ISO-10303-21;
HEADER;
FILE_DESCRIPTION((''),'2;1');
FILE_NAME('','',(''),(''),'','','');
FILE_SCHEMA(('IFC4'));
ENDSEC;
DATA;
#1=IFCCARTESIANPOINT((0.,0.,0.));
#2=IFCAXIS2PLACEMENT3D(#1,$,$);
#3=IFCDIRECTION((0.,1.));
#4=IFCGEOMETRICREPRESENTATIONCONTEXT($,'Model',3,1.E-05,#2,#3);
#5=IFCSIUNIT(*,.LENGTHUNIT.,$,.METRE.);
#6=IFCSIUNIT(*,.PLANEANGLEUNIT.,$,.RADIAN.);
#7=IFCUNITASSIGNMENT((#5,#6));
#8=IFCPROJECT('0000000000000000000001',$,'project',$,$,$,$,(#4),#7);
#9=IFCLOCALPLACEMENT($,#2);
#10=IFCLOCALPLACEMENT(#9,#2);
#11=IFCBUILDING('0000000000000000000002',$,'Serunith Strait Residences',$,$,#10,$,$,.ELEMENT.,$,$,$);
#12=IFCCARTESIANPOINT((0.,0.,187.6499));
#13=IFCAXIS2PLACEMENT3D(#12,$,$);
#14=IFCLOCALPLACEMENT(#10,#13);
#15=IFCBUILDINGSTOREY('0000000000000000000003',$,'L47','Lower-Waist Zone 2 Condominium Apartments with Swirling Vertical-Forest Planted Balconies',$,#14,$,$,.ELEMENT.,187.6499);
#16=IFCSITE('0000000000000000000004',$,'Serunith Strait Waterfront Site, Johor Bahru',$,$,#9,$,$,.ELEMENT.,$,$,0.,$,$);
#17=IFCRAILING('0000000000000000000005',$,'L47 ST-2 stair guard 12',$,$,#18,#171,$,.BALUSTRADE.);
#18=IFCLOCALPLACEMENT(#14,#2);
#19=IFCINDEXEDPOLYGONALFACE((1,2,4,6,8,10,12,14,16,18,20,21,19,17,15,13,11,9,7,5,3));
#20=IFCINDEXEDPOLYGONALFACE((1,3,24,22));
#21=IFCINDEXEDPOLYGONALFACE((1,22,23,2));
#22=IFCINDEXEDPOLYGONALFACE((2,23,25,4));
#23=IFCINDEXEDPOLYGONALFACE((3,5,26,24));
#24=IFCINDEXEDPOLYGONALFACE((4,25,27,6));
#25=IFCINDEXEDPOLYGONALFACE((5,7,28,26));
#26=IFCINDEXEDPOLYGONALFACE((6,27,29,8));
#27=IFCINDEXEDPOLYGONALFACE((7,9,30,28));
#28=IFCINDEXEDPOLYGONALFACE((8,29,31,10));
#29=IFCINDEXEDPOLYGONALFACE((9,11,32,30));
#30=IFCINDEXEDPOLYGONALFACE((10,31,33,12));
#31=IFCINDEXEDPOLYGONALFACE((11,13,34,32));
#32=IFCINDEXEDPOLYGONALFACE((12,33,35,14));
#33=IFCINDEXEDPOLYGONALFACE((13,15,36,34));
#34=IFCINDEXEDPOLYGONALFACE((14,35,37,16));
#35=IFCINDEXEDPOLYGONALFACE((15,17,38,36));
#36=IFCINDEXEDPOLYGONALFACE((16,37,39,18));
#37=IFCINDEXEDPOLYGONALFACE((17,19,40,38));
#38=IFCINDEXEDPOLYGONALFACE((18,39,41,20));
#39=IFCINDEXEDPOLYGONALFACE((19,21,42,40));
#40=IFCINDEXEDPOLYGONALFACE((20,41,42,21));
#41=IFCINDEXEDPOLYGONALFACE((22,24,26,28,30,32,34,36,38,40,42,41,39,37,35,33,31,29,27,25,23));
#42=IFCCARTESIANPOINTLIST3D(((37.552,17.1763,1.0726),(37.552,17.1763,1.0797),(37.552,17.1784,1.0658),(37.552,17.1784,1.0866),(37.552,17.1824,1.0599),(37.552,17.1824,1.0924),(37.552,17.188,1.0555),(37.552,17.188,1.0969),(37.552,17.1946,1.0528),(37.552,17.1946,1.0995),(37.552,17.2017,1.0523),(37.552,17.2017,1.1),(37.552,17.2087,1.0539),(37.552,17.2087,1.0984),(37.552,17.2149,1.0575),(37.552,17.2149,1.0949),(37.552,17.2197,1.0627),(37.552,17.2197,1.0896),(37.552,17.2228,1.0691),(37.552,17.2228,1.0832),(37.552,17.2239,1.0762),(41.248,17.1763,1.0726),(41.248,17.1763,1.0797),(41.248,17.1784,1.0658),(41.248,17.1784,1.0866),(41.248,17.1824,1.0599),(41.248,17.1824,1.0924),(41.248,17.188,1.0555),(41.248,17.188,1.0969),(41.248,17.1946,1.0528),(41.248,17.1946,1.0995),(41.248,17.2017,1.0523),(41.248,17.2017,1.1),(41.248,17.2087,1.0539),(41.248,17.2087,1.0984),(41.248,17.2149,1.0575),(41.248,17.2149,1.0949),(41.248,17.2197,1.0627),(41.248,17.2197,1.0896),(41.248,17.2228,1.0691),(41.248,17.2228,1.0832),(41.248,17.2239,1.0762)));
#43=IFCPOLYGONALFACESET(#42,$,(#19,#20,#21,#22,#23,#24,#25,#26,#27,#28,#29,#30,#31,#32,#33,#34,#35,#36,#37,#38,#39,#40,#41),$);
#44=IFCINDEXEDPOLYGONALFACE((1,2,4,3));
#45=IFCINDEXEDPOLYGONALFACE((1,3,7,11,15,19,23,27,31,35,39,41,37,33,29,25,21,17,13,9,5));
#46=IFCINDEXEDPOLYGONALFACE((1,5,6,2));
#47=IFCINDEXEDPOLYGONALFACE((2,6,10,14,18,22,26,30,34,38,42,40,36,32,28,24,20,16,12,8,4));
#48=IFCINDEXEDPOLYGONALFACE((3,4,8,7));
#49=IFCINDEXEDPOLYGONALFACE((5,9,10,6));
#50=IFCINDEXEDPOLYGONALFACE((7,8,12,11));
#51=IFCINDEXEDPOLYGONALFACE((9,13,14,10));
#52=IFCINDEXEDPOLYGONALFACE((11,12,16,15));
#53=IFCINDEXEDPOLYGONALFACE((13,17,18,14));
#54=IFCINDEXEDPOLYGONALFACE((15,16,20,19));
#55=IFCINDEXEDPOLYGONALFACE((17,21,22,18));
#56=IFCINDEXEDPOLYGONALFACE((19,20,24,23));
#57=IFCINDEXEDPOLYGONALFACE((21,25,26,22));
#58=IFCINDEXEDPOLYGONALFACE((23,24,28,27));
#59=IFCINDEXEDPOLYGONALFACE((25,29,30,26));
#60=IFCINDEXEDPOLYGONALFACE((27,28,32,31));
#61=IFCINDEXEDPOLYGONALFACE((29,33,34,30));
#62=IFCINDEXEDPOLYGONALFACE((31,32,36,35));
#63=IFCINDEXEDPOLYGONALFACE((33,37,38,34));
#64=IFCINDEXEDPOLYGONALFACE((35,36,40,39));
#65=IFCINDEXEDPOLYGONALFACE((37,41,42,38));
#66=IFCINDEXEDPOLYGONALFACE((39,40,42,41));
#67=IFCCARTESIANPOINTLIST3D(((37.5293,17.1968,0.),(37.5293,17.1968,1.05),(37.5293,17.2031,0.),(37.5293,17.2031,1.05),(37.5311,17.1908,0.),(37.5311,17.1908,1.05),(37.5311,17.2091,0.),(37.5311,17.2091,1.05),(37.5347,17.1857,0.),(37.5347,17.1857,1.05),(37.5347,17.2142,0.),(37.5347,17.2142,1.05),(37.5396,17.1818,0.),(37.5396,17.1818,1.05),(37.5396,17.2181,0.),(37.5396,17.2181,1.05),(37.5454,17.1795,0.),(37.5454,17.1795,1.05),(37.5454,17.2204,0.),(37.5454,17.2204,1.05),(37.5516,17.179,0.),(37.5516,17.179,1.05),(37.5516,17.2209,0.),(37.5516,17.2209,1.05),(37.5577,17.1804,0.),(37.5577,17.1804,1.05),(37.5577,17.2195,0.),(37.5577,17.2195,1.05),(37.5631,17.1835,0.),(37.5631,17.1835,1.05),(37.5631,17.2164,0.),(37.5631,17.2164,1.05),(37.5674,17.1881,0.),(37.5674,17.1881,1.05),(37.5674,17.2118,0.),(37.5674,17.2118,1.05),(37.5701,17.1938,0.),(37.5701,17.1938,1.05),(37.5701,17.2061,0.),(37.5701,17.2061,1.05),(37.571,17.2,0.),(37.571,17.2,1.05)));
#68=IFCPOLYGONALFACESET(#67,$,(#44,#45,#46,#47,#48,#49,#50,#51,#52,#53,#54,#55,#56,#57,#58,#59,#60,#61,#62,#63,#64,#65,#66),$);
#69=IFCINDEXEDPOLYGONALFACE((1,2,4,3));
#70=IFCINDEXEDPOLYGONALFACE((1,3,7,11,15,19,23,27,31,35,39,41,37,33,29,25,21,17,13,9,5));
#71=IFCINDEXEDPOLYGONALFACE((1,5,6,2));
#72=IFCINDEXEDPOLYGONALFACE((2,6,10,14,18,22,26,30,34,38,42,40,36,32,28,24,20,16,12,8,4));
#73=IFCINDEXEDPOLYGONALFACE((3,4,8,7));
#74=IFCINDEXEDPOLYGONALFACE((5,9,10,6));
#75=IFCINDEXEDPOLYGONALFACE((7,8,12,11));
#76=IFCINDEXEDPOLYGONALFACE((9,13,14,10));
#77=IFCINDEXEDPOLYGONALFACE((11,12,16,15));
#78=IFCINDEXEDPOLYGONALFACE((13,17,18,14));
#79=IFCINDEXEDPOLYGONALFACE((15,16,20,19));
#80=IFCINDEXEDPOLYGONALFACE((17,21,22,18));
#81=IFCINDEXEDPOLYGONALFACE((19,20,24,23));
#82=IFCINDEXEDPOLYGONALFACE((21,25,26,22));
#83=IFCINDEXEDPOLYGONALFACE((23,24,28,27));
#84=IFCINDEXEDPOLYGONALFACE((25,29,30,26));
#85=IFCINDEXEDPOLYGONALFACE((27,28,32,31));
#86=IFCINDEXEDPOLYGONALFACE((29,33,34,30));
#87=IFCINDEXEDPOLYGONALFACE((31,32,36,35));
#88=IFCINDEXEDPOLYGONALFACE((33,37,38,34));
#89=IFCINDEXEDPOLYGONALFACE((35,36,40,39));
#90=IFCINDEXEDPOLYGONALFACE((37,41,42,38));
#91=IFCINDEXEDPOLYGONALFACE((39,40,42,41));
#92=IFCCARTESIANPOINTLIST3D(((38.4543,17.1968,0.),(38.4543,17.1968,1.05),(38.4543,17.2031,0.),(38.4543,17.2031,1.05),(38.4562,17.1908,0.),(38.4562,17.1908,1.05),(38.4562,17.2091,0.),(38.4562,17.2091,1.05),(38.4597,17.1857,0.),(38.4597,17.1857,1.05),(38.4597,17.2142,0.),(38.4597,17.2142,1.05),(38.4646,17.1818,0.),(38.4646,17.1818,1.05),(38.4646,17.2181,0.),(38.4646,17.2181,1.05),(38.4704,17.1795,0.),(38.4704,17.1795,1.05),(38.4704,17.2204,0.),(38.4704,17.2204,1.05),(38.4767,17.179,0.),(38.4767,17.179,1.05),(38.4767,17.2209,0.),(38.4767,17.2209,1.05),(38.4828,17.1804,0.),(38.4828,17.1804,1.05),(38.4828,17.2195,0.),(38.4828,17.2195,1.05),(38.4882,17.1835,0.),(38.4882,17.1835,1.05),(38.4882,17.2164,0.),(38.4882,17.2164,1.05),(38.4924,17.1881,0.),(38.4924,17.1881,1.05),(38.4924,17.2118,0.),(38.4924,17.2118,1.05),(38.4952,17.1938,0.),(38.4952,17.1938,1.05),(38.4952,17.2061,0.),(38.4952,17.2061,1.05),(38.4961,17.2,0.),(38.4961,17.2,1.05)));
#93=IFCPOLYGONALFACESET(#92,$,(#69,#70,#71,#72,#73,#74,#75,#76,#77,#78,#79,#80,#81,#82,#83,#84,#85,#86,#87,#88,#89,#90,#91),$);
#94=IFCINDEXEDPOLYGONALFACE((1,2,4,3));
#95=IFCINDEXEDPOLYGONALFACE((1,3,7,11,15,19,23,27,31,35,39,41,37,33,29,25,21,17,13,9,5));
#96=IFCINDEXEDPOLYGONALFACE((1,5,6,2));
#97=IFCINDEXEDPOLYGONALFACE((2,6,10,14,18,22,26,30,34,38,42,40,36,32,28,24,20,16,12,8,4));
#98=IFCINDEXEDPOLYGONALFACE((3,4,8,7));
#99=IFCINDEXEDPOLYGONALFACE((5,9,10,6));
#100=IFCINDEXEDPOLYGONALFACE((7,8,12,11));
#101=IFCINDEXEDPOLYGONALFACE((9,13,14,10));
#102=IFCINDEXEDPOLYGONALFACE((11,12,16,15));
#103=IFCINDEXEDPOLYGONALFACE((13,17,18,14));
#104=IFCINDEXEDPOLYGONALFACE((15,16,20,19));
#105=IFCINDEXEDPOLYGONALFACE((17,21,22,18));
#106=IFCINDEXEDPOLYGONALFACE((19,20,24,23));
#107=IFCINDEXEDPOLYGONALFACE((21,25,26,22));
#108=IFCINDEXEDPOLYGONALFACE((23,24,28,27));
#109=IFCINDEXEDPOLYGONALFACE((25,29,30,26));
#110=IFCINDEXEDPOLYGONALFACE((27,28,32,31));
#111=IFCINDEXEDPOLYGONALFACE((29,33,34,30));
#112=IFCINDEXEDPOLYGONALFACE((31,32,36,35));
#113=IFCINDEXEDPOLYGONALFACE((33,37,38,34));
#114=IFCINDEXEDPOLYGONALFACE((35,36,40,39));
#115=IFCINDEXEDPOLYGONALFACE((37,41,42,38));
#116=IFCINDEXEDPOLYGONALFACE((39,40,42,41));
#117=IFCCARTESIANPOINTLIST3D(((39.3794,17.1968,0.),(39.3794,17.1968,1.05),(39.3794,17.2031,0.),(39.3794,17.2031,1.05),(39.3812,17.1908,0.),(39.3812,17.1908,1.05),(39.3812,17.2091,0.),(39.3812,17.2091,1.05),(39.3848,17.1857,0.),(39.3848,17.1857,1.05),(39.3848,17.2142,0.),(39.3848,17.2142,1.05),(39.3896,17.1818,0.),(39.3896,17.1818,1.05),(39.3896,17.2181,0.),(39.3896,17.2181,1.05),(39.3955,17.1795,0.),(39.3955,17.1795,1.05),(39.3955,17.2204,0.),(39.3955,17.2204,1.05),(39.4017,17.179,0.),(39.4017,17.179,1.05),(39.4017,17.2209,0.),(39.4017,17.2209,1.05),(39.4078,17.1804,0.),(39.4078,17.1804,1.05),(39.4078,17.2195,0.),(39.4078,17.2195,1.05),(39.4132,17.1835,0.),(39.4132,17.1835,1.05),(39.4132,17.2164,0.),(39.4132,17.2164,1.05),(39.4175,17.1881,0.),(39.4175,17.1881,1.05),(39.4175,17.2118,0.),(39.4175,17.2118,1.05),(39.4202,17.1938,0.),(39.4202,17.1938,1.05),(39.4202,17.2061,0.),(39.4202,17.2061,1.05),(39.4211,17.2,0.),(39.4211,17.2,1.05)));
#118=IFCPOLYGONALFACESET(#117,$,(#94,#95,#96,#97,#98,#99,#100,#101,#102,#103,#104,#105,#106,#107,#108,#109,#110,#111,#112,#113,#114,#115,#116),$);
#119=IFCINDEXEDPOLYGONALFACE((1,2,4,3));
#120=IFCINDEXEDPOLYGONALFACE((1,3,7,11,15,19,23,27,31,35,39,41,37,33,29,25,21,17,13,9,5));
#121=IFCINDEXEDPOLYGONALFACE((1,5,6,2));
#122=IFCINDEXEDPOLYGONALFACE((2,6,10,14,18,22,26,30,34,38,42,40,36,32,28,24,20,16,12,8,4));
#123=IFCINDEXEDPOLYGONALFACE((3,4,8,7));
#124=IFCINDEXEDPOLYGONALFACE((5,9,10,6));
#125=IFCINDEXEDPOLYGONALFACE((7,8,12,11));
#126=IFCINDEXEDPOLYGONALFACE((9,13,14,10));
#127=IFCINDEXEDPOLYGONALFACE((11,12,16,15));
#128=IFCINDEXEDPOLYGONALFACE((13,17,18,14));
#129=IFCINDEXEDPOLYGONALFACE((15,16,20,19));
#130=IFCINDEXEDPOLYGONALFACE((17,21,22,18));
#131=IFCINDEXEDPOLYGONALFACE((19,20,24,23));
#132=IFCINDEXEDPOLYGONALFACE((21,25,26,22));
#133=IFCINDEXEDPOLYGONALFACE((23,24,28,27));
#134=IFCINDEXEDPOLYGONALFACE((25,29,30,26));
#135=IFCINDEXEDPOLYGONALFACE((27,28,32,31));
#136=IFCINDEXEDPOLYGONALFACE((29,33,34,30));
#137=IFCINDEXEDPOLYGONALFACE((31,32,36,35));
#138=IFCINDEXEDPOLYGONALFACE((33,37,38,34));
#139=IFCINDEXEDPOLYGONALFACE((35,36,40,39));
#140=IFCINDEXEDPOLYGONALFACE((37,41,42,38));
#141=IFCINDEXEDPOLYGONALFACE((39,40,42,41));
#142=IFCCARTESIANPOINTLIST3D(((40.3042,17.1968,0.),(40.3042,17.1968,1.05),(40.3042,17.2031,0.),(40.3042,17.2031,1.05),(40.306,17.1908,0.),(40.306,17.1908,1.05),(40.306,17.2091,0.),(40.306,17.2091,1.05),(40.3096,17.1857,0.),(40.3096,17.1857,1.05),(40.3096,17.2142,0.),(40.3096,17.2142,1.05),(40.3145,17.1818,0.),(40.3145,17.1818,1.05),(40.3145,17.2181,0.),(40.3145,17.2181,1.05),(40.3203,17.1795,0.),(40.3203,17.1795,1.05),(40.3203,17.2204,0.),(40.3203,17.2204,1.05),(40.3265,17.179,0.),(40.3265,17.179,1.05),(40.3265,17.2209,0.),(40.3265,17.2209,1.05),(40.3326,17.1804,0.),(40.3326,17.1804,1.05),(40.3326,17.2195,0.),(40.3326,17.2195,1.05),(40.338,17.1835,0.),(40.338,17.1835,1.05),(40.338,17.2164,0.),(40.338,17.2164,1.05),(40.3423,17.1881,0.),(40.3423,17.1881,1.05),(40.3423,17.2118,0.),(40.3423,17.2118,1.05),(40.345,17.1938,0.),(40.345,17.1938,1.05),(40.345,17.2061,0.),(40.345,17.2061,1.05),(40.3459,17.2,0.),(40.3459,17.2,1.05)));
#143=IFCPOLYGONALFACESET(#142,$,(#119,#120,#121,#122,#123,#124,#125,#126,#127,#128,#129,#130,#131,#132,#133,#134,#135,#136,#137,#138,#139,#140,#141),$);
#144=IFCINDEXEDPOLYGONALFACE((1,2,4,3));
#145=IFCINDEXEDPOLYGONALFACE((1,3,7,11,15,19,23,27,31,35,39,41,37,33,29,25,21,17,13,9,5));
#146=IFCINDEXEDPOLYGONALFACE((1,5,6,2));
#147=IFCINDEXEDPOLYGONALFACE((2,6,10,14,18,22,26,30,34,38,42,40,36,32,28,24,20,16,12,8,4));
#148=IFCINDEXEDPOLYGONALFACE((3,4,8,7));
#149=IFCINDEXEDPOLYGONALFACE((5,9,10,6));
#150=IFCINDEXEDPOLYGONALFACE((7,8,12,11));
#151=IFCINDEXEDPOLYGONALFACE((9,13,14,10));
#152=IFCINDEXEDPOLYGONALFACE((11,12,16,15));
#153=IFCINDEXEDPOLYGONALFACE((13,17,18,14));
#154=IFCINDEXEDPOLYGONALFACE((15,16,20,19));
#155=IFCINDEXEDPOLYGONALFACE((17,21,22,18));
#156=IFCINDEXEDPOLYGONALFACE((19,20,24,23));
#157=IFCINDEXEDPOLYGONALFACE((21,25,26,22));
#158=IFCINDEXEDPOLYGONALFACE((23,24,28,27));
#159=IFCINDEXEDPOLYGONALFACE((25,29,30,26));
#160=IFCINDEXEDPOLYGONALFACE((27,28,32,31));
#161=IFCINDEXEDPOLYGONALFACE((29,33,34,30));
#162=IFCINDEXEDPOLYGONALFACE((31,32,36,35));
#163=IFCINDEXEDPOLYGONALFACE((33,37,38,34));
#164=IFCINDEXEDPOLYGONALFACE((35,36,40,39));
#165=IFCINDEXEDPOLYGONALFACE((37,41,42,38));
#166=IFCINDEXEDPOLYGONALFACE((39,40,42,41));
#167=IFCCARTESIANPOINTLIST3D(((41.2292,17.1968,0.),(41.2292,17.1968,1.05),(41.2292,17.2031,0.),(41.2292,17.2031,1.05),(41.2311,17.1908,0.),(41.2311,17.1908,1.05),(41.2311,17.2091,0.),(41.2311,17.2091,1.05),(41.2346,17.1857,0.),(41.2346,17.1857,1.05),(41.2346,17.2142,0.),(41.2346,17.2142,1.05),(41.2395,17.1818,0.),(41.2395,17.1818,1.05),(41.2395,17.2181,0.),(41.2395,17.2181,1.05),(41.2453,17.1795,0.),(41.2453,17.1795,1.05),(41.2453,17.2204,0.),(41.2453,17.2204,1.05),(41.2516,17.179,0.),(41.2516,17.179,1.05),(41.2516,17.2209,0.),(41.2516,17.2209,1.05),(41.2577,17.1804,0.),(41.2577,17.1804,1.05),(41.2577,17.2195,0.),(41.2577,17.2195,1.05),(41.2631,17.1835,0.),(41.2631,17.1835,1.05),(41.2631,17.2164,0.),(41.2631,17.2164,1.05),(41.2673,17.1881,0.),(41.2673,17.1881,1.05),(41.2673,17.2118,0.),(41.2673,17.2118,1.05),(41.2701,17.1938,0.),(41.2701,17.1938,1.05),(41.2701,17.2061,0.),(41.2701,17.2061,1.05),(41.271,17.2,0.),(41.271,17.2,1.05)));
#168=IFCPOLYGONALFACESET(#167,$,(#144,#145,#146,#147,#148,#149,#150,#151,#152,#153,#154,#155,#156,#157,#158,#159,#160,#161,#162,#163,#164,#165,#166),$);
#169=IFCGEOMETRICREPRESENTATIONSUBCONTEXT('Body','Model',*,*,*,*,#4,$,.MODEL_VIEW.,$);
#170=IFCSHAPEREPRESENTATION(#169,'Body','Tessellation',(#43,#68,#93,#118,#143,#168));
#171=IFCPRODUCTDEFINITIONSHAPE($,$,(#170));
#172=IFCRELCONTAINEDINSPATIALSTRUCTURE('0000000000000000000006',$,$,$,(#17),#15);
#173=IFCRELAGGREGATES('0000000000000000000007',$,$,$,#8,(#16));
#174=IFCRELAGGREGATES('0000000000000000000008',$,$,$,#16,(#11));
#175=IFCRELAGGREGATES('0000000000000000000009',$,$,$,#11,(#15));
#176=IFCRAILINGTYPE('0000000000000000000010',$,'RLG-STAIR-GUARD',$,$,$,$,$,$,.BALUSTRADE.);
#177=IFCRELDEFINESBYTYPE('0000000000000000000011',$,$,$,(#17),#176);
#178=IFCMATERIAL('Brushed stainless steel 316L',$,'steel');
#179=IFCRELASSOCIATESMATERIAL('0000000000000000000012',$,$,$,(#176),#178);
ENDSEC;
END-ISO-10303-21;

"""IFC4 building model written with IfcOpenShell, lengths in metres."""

from ifc_helpers import new_model, si_unit, direction, frame, origin, origin_2d, place, context, subcontext, project, spatial, circle, extrude, material, type_object, element, save


model = new_model("IFC4")

# Units and contexts
model_context = context("Model", 3, precision=1e-05, world=origin(), true_north=direction((0.0, 1.0)))
body_context = subcontext(model_context, "Body", "Model", "MODEL_VIEW")
ifc_project = project(units=[si_unit("LENGTHUNIT", "METRE"), si_unit("PLANEANGLEUNIT", "RADIAN")], contexts=[model_context])

# Site, building, storey
site_placement = place(None, origin())
site = spatial("IfcSite", under=ifc_project, at=site_placement, Name="Serunith Strait Waterfront Site, Johor Bahru", CompositionType="ELEMENT", RefElevation=0.0)
building_placement = place(site_placement, origin())
building = spatial("IfcBuilding", under=site, at=building_placement, Name="Serunith Strait Residences", CompositionType="ELEMENT")
storey_placement = place(building_placement, frame((0.0, 0.0, 187.6499)))
storey = spatial("IfcBuildingStorey", under=building, at=storey_placement, Name="L47", Description="Lower-Waist Zone 2 Condominium Apartments with Swirling Vertical-Forest Planted Balconies", CompositionType="ELEMENT", Elevation=187.6499)

# Railing
ifc_material_1 = material(Name="Brushed stainless steel 316L", Category="steel")
railing_type_1 = type_object("IfcRailingType", Name="RLG-STAIR-GUARD", PredefinedType="BALUSTRADE", material=ifc_material_1)
railing_1_placement = place(storey_placement, frame((37.55, 17.2, 0.0)))
element("IfcRailing", 1, at=railing_1_placement, inside=storey, type_object=railing_type_1, Name="L47 ST-2 stair guard 12", PredefinedType="BALUSTRADE", context=body_context, shape_type="SweptSolid", body=[
    extrude(circle(Radius=0.0239, at=origin_2d()), frame((0.002, 0.0, 1.0762), z_axis=(1.0, 0.0, 0.0), x_axis=(0.0, 1.0, 0.0)), (0.0, 0.0, 1.0), 3.696),
    extrude(circle(Radius=0.021, at=origin_2d()), origin(), (0.0, 0.0, 1.0), 1.05),
    extrude(circle(Radius=0.021, at=origin_2d()), frame((0.925, 0.0, 0.0)), (0.0, 0.0, 1.0), 1.05),
    extrude(circle(Radius=0.021, at=origin_2d()), frame((1.8501, 0.0, 0.0)), (0.0, 0.0, 1.0), 1.05),
    extrude(circle(Radius=0.021, at=origin_2d()), frame((2.7749, 0.0, 0.0)), (0.0, 0.0, 1.0), 1.05),
    extrude(circle(Radius=0.021, at=origin_2d()), frame((3.7, 0.0, 0.0)), (0.0, 0.0, 1.0), 1.05),
])

save(model, "model.ifc")
